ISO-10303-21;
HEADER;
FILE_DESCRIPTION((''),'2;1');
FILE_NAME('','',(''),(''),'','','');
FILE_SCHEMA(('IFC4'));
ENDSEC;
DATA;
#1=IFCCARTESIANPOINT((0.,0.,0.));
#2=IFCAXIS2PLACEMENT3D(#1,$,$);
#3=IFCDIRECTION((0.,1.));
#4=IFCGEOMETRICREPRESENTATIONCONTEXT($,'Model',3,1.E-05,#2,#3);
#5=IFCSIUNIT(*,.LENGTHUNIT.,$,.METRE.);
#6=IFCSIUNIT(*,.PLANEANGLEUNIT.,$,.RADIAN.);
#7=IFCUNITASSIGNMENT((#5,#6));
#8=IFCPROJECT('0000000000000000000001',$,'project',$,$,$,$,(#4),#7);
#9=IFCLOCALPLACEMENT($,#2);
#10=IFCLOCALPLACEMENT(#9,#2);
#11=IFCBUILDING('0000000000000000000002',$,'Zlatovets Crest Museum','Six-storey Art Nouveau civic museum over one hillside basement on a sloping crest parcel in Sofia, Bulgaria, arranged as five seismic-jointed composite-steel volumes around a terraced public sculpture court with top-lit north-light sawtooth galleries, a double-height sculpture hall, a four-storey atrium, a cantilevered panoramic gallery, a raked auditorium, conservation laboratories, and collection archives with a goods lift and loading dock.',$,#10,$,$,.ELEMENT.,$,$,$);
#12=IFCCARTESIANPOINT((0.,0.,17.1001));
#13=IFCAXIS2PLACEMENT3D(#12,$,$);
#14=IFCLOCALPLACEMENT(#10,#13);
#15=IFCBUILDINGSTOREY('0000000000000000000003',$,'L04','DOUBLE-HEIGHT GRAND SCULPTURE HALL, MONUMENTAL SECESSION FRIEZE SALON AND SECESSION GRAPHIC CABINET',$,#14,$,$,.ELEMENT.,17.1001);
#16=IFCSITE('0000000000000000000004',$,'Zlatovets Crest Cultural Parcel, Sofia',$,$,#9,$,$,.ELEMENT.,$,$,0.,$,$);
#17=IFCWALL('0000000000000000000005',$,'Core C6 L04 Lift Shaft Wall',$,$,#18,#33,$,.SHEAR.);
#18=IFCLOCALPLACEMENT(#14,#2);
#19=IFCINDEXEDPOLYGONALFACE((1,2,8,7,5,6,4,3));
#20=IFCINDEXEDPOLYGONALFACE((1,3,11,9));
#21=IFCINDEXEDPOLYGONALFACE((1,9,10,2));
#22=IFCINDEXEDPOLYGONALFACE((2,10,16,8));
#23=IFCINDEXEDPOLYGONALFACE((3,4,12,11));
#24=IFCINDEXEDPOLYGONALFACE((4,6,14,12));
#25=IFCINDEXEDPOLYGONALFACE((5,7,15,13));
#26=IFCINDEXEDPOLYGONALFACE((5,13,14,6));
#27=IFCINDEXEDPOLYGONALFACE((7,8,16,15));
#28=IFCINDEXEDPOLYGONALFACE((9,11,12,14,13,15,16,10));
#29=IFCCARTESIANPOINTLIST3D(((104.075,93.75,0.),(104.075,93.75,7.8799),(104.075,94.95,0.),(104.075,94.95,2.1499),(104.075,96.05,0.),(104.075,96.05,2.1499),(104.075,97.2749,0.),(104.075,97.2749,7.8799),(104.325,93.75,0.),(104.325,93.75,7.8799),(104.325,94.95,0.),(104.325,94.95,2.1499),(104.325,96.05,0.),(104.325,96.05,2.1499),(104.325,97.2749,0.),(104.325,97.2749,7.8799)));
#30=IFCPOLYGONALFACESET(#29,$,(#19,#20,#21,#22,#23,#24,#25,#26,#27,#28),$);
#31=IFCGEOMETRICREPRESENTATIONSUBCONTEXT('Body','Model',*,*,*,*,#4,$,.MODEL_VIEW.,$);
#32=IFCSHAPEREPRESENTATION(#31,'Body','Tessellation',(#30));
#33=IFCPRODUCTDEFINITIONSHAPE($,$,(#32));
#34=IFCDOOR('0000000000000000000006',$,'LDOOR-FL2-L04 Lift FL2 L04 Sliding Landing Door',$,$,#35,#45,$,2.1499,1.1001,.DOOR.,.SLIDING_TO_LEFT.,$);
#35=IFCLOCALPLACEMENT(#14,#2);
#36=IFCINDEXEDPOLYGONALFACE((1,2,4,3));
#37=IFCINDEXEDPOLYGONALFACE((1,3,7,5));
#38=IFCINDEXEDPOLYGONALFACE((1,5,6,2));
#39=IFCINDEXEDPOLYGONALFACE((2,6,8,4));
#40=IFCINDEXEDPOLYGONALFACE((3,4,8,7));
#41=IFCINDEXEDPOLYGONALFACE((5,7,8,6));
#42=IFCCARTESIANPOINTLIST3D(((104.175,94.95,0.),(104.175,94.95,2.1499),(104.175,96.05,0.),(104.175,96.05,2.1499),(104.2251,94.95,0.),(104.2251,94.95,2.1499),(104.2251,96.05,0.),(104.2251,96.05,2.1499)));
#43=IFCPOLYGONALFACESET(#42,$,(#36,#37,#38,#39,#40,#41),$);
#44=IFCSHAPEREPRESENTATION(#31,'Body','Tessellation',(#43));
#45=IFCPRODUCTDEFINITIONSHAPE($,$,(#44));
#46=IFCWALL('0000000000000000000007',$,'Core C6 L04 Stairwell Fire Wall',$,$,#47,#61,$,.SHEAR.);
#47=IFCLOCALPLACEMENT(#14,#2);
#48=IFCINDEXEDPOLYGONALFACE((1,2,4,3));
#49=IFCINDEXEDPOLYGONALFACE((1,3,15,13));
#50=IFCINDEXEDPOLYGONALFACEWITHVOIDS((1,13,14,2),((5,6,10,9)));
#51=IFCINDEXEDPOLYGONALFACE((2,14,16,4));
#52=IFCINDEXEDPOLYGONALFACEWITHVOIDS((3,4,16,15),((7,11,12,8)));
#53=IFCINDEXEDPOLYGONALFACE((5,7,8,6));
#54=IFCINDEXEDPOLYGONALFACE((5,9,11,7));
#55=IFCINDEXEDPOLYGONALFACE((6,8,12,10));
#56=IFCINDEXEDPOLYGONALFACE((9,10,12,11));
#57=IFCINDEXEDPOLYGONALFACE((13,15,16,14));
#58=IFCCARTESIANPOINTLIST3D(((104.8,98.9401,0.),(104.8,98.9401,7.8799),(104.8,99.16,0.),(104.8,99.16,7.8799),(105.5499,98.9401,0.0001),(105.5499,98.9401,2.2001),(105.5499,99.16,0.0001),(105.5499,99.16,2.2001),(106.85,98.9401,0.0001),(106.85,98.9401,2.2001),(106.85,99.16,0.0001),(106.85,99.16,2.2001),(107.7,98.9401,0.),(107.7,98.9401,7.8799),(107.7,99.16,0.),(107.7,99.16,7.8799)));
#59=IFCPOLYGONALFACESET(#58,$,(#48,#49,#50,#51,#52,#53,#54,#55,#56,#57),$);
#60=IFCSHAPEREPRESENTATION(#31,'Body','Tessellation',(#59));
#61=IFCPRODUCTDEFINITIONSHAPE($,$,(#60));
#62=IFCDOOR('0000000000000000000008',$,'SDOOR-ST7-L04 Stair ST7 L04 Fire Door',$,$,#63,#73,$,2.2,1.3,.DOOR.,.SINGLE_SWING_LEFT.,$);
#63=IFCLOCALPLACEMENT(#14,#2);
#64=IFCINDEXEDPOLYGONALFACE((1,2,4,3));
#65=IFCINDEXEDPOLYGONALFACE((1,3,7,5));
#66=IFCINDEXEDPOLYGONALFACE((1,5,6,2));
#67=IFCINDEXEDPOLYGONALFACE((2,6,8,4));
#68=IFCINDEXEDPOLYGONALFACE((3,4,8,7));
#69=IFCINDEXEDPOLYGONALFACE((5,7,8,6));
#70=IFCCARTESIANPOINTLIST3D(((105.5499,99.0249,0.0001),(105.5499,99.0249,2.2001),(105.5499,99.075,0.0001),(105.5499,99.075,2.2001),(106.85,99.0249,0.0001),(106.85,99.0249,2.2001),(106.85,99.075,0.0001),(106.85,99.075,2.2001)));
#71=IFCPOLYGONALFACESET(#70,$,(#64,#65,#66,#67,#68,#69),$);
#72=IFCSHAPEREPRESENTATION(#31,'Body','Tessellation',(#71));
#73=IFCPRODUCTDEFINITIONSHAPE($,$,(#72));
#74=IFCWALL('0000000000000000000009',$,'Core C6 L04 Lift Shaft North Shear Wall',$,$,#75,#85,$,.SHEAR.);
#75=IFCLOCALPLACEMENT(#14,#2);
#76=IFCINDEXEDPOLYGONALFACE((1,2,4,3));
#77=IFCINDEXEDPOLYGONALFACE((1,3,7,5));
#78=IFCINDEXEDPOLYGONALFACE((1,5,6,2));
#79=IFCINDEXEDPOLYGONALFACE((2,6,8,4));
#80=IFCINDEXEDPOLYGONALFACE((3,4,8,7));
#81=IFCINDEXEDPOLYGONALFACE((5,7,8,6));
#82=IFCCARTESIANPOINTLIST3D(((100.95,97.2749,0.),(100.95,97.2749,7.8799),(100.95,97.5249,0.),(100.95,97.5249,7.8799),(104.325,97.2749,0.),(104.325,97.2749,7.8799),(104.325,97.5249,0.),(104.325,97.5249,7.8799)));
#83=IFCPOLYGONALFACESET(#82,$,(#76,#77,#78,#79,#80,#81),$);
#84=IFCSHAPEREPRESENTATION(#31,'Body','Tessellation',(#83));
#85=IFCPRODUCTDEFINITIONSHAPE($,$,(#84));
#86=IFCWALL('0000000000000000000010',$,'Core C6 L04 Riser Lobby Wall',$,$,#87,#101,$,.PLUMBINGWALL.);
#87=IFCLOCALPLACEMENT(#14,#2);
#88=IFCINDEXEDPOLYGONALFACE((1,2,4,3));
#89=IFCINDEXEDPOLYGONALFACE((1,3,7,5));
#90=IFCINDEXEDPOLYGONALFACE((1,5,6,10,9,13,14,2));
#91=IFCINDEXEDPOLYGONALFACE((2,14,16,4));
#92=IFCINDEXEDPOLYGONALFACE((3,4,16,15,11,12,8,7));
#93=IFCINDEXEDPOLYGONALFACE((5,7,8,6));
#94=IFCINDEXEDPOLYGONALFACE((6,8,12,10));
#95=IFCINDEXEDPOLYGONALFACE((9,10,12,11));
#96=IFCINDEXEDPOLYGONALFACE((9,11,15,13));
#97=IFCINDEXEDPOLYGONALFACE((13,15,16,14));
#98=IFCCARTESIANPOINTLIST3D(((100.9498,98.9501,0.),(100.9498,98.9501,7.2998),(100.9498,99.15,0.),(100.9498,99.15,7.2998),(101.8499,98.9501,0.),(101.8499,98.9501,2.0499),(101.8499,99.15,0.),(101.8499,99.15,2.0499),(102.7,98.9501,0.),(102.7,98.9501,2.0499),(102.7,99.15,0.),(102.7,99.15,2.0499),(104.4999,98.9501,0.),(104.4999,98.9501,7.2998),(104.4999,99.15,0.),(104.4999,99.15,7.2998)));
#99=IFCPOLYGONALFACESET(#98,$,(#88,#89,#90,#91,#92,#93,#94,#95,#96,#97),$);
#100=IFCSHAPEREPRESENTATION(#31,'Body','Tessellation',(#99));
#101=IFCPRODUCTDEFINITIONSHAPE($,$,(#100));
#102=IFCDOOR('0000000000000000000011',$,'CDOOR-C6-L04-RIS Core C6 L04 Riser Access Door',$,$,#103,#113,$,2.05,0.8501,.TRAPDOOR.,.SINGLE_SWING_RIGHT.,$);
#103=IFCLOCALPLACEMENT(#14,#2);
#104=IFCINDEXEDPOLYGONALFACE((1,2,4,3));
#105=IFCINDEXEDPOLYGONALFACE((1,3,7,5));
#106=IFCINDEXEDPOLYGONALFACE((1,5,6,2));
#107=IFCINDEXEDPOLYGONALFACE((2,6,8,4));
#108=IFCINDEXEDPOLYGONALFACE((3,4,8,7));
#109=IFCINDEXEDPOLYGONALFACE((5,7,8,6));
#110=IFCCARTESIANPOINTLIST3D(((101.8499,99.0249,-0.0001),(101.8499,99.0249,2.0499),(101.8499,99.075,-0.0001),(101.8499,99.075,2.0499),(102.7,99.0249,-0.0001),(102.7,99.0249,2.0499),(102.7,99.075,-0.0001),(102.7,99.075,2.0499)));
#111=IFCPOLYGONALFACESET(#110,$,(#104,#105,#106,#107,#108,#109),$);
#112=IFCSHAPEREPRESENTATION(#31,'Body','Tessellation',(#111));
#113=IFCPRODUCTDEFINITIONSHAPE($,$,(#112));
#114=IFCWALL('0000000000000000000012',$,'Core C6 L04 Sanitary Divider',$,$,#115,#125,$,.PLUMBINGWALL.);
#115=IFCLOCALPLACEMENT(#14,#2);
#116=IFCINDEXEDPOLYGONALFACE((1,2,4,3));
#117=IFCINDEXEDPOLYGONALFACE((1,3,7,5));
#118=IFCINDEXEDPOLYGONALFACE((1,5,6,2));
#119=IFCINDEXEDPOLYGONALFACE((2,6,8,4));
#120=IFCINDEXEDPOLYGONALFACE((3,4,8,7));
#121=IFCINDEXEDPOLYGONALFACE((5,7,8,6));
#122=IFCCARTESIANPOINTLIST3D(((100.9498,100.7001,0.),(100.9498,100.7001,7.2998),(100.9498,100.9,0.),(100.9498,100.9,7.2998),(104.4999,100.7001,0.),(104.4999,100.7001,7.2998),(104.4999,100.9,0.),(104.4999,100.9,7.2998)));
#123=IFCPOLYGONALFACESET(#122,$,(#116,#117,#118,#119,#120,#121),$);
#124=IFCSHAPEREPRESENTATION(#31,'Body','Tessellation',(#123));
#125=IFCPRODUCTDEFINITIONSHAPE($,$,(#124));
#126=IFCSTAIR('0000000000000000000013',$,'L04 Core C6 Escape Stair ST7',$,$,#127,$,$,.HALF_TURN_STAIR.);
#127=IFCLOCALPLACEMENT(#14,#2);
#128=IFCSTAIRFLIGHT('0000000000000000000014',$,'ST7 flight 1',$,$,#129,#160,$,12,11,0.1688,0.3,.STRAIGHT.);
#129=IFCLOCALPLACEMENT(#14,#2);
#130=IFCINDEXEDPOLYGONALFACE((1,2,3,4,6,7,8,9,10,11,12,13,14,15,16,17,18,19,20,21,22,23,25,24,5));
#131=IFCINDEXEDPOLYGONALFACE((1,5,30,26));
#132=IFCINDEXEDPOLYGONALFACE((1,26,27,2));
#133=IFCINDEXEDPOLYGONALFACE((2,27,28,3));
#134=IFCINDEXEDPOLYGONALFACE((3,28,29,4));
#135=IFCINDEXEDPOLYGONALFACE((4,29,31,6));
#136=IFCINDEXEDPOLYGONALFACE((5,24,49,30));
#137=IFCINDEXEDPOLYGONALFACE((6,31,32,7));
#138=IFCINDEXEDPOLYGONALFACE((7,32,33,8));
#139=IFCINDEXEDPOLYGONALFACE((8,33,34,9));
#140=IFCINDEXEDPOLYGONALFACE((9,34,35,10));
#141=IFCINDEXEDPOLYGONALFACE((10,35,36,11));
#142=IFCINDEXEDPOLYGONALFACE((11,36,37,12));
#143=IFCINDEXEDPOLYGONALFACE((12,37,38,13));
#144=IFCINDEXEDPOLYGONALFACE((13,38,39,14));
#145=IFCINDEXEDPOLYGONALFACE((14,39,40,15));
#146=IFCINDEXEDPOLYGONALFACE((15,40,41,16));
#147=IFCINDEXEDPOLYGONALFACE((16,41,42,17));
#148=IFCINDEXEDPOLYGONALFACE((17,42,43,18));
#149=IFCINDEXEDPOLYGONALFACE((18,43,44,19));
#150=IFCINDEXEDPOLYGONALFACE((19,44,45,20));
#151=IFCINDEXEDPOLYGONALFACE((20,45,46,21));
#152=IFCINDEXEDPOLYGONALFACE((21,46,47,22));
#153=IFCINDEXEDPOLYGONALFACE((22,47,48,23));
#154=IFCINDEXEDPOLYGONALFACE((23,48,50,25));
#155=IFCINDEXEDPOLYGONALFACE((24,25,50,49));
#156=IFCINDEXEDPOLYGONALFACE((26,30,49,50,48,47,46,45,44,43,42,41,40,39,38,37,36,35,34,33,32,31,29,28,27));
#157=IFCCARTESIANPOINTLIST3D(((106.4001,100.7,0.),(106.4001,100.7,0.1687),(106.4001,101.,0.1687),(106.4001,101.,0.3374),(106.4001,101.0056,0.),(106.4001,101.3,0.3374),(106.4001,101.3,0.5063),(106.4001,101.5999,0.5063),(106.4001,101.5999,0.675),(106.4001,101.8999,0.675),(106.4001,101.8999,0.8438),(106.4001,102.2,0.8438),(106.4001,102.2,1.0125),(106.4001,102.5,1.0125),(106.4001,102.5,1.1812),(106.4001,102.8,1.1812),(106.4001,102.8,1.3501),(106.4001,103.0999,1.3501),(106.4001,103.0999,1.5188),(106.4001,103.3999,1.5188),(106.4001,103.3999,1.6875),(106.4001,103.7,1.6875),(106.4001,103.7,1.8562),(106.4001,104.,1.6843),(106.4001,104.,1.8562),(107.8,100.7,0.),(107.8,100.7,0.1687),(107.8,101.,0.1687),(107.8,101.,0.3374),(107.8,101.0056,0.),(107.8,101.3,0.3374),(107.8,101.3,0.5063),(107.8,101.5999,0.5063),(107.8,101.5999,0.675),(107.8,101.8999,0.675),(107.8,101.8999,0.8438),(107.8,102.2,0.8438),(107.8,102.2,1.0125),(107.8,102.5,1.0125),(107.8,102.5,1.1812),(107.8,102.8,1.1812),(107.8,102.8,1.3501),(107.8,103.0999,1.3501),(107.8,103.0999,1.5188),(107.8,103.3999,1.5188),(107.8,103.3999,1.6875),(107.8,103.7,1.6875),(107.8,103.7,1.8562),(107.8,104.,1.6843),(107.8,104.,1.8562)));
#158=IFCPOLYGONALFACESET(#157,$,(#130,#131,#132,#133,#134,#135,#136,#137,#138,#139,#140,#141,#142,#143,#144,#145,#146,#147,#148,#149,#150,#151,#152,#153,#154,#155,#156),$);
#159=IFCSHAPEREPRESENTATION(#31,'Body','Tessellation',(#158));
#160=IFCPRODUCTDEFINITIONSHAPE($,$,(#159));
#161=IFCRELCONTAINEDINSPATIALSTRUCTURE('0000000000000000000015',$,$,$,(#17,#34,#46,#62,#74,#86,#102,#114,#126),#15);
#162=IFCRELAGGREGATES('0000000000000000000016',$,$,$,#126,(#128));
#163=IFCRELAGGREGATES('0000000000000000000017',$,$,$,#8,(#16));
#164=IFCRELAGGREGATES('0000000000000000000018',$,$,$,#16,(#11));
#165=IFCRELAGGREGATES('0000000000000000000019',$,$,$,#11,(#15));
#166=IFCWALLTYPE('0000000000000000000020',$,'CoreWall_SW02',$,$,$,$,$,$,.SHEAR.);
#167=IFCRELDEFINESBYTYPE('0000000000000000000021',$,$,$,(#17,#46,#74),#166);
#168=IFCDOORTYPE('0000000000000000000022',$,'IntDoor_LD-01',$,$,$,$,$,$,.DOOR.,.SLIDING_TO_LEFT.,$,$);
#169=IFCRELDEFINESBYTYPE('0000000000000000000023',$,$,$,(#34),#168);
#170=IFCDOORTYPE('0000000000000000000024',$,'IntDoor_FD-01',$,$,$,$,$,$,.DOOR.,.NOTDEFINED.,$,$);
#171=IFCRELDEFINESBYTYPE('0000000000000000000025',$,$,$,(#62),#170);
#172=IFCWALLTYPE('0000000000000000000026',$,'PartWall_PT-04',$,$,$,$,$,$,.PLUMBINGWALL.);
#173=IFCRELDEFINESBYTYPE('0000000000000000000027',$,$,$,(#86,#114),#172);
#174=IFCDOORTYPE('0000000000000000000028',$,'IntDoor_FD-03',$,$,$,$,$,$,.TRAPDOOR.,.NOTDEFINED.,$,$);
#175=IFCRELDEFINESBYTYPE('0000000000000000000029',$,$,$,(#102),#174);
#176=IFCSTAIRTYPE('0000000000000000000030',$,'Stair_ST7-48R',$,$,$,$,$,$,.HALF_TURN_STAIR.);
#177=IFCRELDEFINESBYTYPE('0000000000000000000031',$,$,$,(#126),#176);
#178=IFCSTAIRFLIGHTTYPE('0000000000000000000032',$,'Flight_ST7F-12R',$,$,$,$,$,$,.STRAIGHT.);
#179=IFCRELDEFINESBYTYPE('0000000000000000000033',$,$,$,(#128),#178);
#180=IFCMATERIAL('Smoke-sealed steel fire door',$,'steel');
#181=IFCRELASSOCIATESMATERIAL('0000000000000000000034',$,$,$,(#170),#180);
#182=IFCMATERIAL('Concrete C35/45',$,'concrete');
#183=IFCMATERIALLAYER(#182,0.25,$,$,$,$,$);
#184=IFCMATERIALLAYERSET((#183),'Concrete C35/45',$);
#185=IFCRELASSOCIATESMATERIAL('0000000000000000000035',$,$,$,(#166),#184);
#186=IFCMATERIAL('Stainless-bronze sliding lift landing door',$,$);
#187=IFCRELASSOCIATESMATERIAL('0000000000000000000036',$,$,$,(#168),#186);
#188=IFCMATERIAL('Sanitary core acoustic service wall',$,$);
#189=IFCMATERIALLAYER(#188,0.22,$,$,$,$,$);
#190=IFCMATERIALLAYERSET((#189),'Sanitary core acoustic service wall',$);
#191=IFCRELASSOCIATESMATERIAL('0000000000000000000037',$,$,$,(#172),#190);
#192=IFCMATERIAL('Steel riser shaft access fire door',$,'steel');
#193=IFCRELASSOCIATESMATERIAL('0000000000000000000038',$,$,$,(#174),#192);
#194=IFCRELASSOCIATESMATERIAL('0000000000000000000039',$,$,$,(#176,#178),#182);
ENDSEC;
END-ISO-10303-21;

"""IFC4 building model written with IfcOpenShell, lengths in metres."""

from ifc_helpers import new_model, si_unit, direction, frame, frame_2d, origin, place, context, subcontext, project, spatial, polyline, rectangle, outline, extrude, material, layer, layer_set, type_object, element, fill, aggregate, save


model = new_model("IFC4")

# Units and contexts
model_context = context("Model", 3, precision=1e-05, world=origin(), true_north=direction((0.0, 1.0)))
body_context = subcontext(model_context, "Body", "Model", "MODEL_VIEW")
ifc_project = project(units=[si_unit("LENGTHUNIT", "METRE"), si_unit("PLANEANGLEUNIT", "RADIAN")], contexts=[model_context])

# Site, building, storey
site_placement = place(None, origin())
site = spatial("IfcSite", under=ifc_project, at=site_placement, Name="Zlatovets Crest Cultural Parcel, Sofia", CompositionType="ELEMENT", RefElevation=0.0)
building_placement = place(site_placement, origin())
building = spatial("IfcBuilding", under=site, at=building_placement, Name="Zlatovets Crest Museum", Description="Six-storey Art Nouveau civic museum over one hillside basement on a sloping crest parcel in Sofia, Bulgaria, arranged as five seismic-jointed composite-steel volumes around a terraced public sculpture court with top-lit north-light sawtooth galleries, a double-height sculpture hall, a four-storey atrium, a cantilevered panoramic gallery, a raked auditorium, conservation laboratories, and collection archives with a goods lift and loading dock.", CompositionType="ELEMENT")
storey_placement = place(building_placement, frame((0.0, 0.0, 17.1001)))
storey = spatial("IfcBuildingStorey", under=building, at=storey_placement, Name="L04", Description="DOUBLE-HEIGHT GRAND SCULPTURE HALL, MONUMENTAL SECESSION FRIEZE SALON AND SECESSION GRAPHIC CABINET", CompositionType="ELEMENT", Elevation=17.1001)

# Shared definitions
ifc_material_1 = material(Name="Concrete C35/45", Category="concrete")

# Shared definitions
ifc_material_2 = material(Name="Smoke-sealed steel fire door", Category="steel")
door_type_1 = type_object("IfcDoorType", Name="IntDoor_FD-01", OperationType="NOTDEFINED", PredefinedType="DOOR", material=ifc_material_2)

# Walls, openings, doors
ifc_layer_1 = layer(ifc_material_1, 0.25)
ifc_layer_set_1 = layer_set([ifc_layer_1], Name="Concrete C35/45")
wall_type_1 = type_object("IfcWallType", Name="CoreWall_SW02", PredefinedType="SHEAR", material=ifc_layer_set_1)
wall_1_placement = place(storey_placement, frame((104.2, 93.75, 0.0), z_axis=(0.0, 0.0, 1.0), x_axis=(0.0, 1.0, 0.0)))
wall_1 = element("IfcWall", 1, at=wall_1_placement, inside=storey, type_object=wall_type_1, Name="Core C6 L04 Lift Shaft Wall", PredefinedType="SHEAR", context=body_context, shape_type="SweptSolid", body=[
    extrude(rectangle(XDim=3.5249, YDim=0.25, at=frame_2d((1.7625, 0.0))), origin(), (0.0, 0.0, 1.0), 7.8799),
])
opening_1_placement = place(wall_1_placement, frame((1.2, 0.0, 0.0)))
opening_1 = element("IfcOpeningElement", 2, at=opening_1_placement, cuts=wall_1, PredefinedType="OPENING", context=body_context, shape_type="SweptSolid", body=[
    extrude(rectangle(XDim=1.1001, YDim=2.1499, at=frame_2d((0.55, 1.075))), frame((0.0, 0.135, 0.0), z_axis=(0.0, -1.0, 0.0), x_axis=(1.0, 0.0, 0.0)), (0.0, 0.0, 1.0), 0.27),
])
ifc_material_3 = material(Name="Stainless-bronze sliding lift landing door")
door_type_2 = type_object("IfcDoorType", Name="IntDoor_LD-01", OperationType="SLIDING_TO_LEFT", PredefinedType="DOOR", material=ifc_material_3)
door_1_placement = place(opening_1_placement, origin())
door_1 = element("IfcDoor", 3, at=door_1_placement, inside=storey, type_object=door_type_2, Name="LDOOR-FL2-L04 Lift FL2 L04 Sliding Landing Door", OperationType="SLIDING_TO_LEFT", OverallHeight=2.1499, OverallWidth=1.1001, PredefinedType="DOOR", context=body_context, shape_type="SweptSolid", body=[
    extrude(rectangle(XDim=1.1001, YDim=2.1499, at=frame_2d((0.55, 1.075))), frame((0.0, 0.0249, 0.0), z_axis=(0.0, -1.0, 0.0), x_axis=(1.0, 0.0, 0.0)), (0.0, 0.0, 1.0), 0.05),
])
fill(opening_1, door_1)
wall_2_placement = place(storey_placement, frame((104.8, 99.05, 0.0), z_axis=(0.0, 0.0, 1.0), x_axis=(1.0, 0.0, 0.0)))
wall_2 = element("IfcWall", 4, at=wall_2_placement, inside=storey, type_object=wall_type_1, Name="Core C6 L04 Stairwell Fire Wall", PredefinedType="SHEAR", context=body_context, shape_type="SweptSolid", body=[
    extrude(rectangle(XDim=2.8999, YDim=0.22, at=frame_2d((1.45, 0.0))), origin(), (0.0, 0.0, 1.0), 7.8799),
])
opening_2_placement = place(wall_2_placement, frame((0.75, 0.0, 0.0)))
opening_2 = element("IfcOpeningElement", 5, at=opening_2_placement, cuts=wall_2, PredefinedType="OPENING", context=body_context, shape_type="SweptSolid", body=[
    extrude(rectangle(XDim=1.3, YDim=2.2, at=frame_2d((0.6499, 1.1001))), frame((0.0, 0.1201, 0.0), z_axis=(0.0, -1.0, 0.0), x_axis=(1.0, 0.0, 0.0)), (0.0, 0.0, 1.0), 0.24),
])
door_2_placement = place(opening_2_placement, origin())
door_2 = element("IfcDoor", 6, at=door_2_placement, inside=storey, type_object=door_type_1, Name="SDOOR-ST7-L04 Stair ST7 L04 Fire Door", OperationType="SINGLE_SWING_LEFT", OverallHeight=2.2, OverallWidth=1.3, PredefinedType="DOOR", context=body_context, shape_type="SweptSolid", body=[
    extrude(rectangle(XDim=1.3, YDim=2.2, at=frame_2d((0.6499, 1.1001))), frame((0.0, 0.0249, 0.0), z_axis=(0.0, -1.0, 0.0), x_axis=(1.0, 0.0, 0.0)), (0.0, 0.0, 1.0), 0.05),
])
fill(opening_2, door_2)

# Wall
wall_3_placement = place(storey_placement, frame((100.95, 97.3999, 0.0), z_axis=(0.0, 0.0, 1.0), x_axis=(1.0, 0.0, 0.0)))
element("IfcWall", 7, at=wall_3_placement, inside=storey, type_object=wall_type_1, Name="Core C6 L04 Lift Shaft North Shear Wall", PredefinedType="SHEAR", context=body_context, shape_type="SweptSolid", body=[
    extrude(rectangle(XDim=3.375, YDim=0.25, at=frame_2d((1.6875, 0.0))), origin(), (0.0, 0.0, 1.0), 7.8799),
])

# Wall, opening, door
ifc_material_4 = material(Name="Sanitary core acoustic service wall")
ifc_layer_2 = layer(ifc_material_4, 0.22)
ifc_layer_set_2 = layer_set([ifc_layer_2], Name="Sanitary core acoustic service wall")
wall_type_2 = type_object("IfcWallType", Name="PartWall_PT-04", PredefinedType="PLUMBINGWALL", material=ifc_layer_set_2)
wall_4_placement = place(storey_placement, frame((100.95, 99.05, 0.0), z_axis=(0.0, 0.0, 1.0), x_axis=(1.0, 0.0, 0.0)))
wall_4 = element("IfcWall", 8, at=wall_4_placement, inside=storey, type_object=wall_type_2, Name="Core C6 L04 Riser Lobby Wall", PredefinedType="PLUMBINGWALL", context=body_context, shape_type="SweptSolid", body=[
    extrude(rectangle(XDim=3.55, YDim=0.2, at=frame_2d((1.7749, 0.0))), origin(), (0.0, 0.0, 1.0), 7.2998),
])
opening_3_placement = place(wall_4_placement, frame((0.8999, 0.0, 0.0)))
opening_3 = element("IfcOpeningElement", 9, at=opening_3_placement, cuts=wall_4, PredefinedType="OPENING", context=body_context, shape_type="SweptSolid", body=[
    extrude(rectangle(XDim=0.8501, YDim=2.05, at=frame_2d((0.425, 1.0249))), frame((0.0, 0.1099, 0.0), z_axis=(0.0, -1.0, 0.0), x_axis=(1.0, 0.0, 0.0)), (0.0, 0.0, 1.0), 0.22),
])
ifc_material_5 = material(Name="Steel riser shaft access fire door", Category="steel")
door_type_3 = type_object("IfcDoorType", Name="IntDoor_FD-03", OperationType="NOTDEFINED", PredefinedType="TRAPDOOR", material=ifc_material_5)
door_3_placement = place(opening_3_placement, origin())
door_3 = element("IfcDoor", 10, at=door_3_placement, inside=storey, type_object=door_type_3, Name="CDOOR-C6-L04-RIS Core C6 L04 Riser Access Door", OperationType="SINGLE_SWING_RIGHT", OverallHeight=2.05, OverallWidth=0.8501, PredefinedType="TRAPDOOR", context=body_context, shape_type="SweptSolid", body=[
    extrude(rectangle(XDim=0.8501, YDim=2.05, at=frame_2d((0.425, 1.0249))), frame((0.0, 0.0249, 0.0), z_axis=(0.0, -1.0, 0.0), x_axis=(1.0, 0.0, 0.0)), (0.0, 0.0, 1.0), 0.05),
])
fill(opening_3, door_3)

# Wall
wall_5_placement = place(storey_placement, frame((100.95, 100.8, 0.0), z_axis=(0.0, 0.0, 1.0), x_axis=(1.0, 0.0, 0.0)))
element("IfcWall", 11, at=wall_5_placement, inside=storey, type_object=wall_type_2, Name="Core C6 L04 Sanitary Divider", PredefinedType="PLUMBINGWALL", context=body_context, shape_type="SweptSolid", body=[
    extrude(rectangle(XDim=3.55, YDim=0.2, at=frame_2d((1.7749, 0.0))), origin(), (0.0, 0.0, 1.0), 7.2998),
])

# Stair, stair flight
stair_type = type_object("IfcStairType", Name="Stair_ST7-48R", PredefinedType="HALF_TURN_STAIR", material=ifc_material_1)
stair_placement = place(storey_placement, origin())
stair = element("IfcStair", 12, at=stair_placement, inside=storey, type_object=stair_type, Name="L04 Core C6 Escape Stair ST7", PredefinedType="HALF_TURN_STAIR")
stair_flight_type = type_object("IfcStairFlightType", Name="Flight_ST7F-12R", PredefinedType="STRAIGHT", material=ifc_material_1)
stair_flight_placement = place(storey_placement, frame((107.1001, 100.7, 0.0), z_axis=(0.0, 0.0, 1.0), x_axis=(0.0, 1.0, 0.0)))
stair_flight = element("IfcStairFlight", 13, at=stair_flight_placement, type_object=stair_flight_type, Name="ST7 flight 1", NumberOfRisers=12, NumberOfTreads=11, PredefinedType="STRAIGHT", RiserHeight=0.1688, TreadLength=0.3, context=body_context, shape_type="SweptSolid", body=[
    extrude(outline(polyline([(0.0, 0.0), (0.0, 0.1687), (0.3, 0.1687), (0.3, 0.3374), (0.6001, 0.3374), (0.6001, 0.5063), (0.8999, 0.5063), (0.8999, 0.675), (1.2, 0.675), (1.2, 0.8438), (1.5, 0.8438), (1.5, 1.0125), (1.8, 1.0125), (1.8, 1.1812), (2.1001, 1.1812), (2.1001, 1.3501), (2.3999, 1.3501), (2.3999, 1.5188), (2.7, 1.5188), (2.7, 1.6875), (3.0, 1.6875), (3.0, 1.8562), (3.3, 1.8562), (3.3, 2.0249), (3.3, 1.6843), (0.3057, 0.0), (0.0, 0.0)])), frame((0.0, 0.7, 0.0), z_axis=(0.0, -1.0, 0.0), x_axis=(1.0, 0.0, 0.0)), (0.0, 0.0, 1.0), 1.3999),
])
aggregate(stair, [stair_flight])

save(model, "model.ifc")
